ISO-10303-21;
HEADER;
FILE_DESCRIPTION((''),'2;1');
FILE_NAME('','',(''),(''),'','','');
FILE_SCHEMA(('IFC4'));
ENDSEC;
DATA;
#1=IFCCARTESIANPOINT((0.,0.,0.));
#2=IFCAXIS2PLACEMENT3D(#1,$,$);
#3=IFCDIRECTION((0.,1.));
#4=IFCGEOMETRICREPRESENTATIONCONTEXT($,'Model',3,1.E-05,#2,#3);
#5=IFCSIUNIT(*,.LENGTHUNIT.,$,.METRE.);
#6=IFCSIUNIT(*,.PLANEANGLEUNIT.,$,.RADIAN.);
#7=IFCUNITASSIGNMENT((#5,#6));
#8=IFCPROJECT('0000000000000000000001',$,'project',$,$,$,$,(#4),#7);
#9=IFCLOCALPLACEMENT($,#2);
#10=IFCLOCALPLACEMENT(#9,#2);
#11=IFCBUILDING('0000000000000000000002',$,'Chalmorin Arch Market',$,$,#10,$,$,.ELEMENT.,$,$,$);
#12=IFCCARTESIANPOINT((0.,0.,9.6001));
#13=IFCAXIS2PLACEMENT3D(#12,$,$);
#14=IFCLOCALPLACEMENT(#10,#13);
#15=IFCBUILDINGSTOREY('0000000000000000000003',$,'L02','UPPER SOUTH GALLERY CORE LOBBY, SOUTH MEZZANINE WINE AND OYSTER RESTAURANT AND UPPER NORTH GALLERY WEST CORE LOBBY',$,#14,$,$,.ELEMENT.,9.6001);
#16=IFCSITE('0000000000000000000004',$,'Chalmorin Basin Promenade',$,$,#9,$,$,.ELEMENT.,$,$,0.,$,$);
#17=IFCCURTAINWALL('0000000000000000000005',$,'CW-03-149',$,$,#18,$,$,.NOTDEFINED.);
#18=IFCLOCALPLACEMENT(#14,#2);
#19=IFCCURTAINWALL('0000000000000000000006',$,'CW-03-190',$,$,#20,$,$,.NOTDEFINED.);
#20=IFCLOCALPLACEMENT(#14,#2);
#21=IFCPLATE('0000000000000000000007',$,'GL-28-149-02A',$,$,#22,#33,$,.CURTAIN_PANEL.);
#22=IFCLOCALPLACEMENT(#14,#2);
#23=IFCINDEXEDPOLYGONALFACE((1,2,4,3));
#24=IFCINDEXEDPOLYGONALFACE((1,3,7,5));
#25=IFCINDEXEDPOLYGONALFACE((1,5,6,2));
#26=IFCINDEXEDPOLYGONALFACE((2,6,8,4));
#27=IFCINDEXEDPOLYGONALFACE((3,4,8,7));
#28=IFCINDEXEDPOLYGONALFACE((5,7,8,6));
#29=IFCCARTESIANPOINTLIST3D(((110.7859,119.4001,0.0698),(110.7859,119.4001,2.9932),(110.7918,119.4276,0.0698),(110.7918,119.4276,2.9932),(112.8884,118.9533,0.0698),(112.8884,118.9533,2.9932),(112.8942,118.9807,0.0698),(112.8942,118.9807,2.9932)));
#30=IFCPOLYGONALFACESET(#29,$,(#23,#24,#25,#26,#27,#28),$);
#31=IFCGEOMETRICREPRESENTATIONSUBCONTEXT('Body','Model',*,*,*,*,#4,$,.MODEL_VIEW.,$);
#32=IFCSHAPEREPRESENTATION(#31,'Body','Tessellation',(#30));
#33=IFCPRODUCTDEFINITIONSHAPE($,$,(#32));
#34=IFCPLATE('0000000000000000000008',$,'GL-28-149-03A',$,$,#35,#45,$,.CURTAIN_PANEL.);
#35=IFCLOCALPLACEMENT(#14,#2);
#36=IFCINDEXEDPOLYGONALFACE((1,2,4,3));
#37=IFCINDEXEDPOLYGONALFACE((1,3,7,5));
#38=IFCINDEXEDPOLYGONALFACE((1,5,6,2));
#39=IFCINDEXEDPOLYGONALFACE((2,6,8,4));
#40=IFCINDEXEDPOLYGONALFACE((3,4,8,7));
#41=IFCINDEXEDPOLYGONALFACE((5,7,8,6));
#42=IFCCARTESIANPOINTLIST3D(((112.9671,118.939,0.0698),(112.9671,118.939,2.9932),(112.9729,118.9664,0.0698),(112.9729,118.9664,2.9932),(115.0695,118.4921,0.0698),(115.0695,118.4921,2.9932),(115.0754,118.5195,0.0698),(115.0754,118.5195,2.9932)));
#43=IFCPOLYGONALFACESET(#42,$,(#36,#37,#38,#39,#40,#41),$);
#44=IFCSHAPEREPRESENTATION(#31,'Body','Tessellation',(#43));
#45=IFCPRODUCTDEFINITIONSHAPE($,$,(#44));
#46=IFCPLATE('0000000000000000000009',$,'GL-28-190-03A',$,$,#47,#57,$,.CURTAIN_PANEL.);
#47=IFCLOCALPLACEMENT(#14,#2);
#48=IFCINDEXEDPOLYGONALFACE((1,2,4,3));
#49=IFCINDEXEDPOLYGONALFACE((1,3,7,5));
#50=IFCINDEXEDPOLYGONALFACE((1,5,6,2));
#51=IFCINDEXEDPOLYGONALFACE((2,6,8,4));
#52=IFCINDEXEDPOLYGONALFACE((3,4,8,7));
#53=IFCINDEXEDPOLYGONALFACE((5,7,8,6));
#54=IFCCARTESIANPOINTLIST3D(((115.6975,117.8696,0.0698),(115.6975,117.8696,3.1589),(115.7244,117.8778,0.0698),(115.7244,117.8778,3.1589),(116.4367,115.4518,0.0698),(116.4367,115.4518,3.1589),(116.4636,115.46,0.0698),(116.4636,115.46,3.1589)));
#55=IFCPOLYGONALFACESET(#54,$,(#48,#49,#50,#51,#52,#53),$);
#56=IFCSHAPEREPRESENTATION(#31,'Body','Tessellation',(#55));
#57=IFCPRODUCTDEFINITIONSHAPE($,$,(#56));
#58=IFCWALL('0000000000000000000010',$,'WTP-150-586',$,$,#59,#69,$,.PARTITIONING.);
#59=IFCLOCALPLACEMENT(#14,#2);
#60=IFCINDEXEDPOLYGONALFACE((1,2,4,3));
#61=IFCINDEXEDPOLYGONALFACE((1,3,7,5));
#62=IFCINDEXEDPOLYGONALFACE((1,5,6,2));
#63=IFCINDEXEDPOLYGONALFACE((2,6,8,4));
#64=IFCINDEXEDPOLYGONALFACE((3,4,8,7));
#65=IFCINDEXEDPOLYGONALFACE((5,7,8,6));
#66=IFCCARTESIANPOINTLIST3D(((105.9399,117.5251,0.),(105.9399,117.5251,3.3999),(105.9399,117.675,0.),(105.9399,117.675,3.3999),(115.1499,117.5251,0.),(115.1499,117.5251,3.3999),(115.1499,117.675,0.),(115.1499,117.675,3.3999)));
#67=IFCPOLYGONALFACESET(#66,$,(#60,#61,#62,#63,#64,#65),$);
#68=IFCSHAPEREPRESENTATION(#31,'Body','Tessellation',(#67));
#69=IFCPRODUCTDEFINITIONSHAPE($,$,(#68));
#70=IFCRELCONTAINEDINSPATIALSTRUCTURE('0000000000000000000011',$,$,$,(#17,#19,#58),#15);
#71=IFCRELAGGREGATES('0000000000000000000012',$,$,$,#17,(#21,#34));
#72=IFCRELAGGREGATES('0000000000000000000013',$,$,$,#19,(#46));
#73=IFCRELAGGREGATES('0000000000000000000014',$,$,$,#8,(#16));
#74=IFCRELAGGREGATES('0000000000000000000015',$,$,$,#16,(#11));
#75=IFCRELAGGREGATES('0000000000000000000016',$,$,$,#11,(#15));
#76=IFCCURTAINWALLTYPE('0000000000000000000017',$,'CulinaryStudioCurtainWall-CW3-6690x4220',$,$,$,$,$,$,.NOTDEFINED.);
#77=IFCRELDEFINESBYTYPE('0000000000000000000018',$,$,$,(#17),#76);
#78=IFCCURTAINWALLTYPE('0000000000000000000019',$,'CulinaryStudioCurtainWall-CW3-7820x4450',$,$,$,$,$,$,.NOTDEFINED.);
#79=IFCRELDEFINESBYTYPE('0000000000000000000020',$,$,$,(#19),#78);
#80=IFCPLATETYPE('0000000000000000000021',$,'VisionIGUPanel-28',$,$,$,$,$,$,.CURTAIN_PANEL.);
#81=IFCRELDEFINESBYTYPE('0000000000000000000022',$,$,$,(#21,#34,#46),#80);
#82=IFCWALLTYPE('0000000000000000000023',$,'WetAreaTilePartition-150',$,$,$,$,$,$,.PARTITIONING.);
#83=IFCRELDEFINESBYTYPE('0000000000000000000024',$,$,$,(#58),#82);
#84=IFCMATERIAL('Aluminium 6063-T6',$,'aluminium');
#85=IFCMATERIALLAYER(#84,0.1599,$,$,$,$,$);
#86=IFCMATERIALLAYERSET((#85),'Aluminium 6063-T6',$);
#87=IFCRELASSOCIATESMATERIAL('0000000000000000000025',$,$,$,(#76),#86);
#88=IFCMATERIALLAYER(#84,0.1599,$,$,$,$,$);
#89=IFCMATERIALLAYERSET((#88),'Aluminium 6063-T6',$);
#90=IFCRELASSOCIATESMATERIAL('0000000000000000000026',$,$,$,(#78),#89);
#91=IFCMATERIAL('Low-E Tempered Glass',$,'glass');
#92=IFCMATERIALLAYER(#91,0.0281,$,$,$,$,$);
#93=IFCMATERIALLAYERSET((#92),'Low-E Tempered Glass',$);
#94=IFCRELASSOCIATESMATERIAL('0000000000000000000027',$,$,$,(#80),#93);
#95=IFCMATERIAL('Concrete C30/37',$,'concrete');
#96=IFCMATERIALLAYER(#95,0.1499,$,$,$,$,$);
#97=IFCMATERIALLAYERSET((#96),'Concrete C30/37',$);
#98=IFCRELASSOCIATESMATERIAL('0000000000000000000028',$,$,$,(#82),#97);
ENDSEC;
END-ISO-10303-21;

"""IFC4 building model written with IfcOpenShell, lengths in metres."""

from ifc_helpers import new_model, si_unit, direction, frame, frame_2d, origin, origin_2d, place, context, subcontext, project, spatial, rectangle, extrude, material, layer, layer_set, type_object, element, aggregate, save


model = new_model("IFC4")

# Units and contexts
model_context = context("Model", 3, precision=1e-05, world=origin(), true_north=direction((0.0, 1.0)))
body_context = subcontext(model_context, "Body", "Model", "MODEL_VIEW")
ifc_project = project(units=[si_unit("LENGTHUNIT", "METRE"), si_unit("PLANEANGLEUNIT", "RADIAN")], contexts=[model_context])

# Site, building, storey
site_placement = place(None, origin())
site = spatial("IfcSite", under=ifc_project, at=site_placement, Name="Chalmorin Basin Promenade", CompositionType="ELEMENT", RefElevation=0.0)
building_placement = place(site_placement, origin())
building = spatial("IfcBuilding", under=site, at=building_placement, Name="Chalmorin Arch Market", CompositionType="ELEMENT")
storey_placement = place(building_placement, frame((0.0, 0.0, 9.6001)))
storey = spatial("IfcBuildingStorey", under=building, at=storey_placement, Name="L02", Description="UPPER SOUTH GALLERY CORE LOBBY, SOUTH MEZZANINE WINE AND OYSTER RESTAURANT AND UPPER NORTH GALLERY WEST CORE LOBBY", CompositionType="ELEMENT", Elevation=9.6001)

# Curtain walls
ifc_material_1 = material(Name="Aluminium 6063-T6", Category="aluminium")
ifc_layer_1 = layer(ifc_material_1, 0.1599)
ifc_layer_set_1 = layer_set([ifc_layer_1], Name="Aluminium 6063-T6")
curtain_wall_type_1 = type_object("IfcCurtainWallType", Name="CulinaryStudioCurtainWall-CW3-6690x4220", PredefinedType="NOTDEFINED", material=ifc_layer_set_1)
curtain_wall_1_placement = place(storey_placement, origin())
curtain_wall_1 = element("IfcCurtainWall", 1, at=curtain_wall_1_placement, inside=storey, type_object=curtain_wall_type_1, Name="CW-03-149", PredefinedType="NOTDEFINED")
ifc_layer_2 = layer(ifc_material_1, 0.1599)
ifc_layer_set_2 = layer_set([ifc_layer_2], Name="Aluminium 6063-T6")
curtain_wall_type_2 = type_object("IfcCurtainWallType", Name="CulinaryStudioCurtainWall-CW3-7820x4450", PredefinedType="NOTDEFINED", material=ifc_layer_set_2)
curtain_wall_2_placement = place(storey_placement, origin())
curtain_wall_2 = element("IfcCurtainWall", 2, at=curtain_wall_2_placement, inside=storey, type_object=curtain_wall_type_2, Name="CW-03-190", PredefinedType="NOTDEFINED")

# Plates
ifc_material_2 = material(Name="Low-E Tempered Glass", Category="glass")
ifc_layer_3 = layer(ifc_material_2, 0.0281)
ifc_layer_set_3 = layer_set([ifc_layer_3], Name="Low-E Tempered Glass")
plate_type_1 = type_object("IfcPlateType", Name="VisionIGUPanel-28", PredefinedType="CURTAIN_PANEL", material=ifc_layer_set_3)
plate_1_placement = place(storey_placement, frame((111.8401, 119.1904, 0.0698), z_axis=(0.0, 0.0, 1.0), x_axis=(0.978148, -0.207912, 0.0)))
plate_1 = element("IfcPlate", 3, at=plate_1_placement, type_object=plate_type_1, Name="GL-28-149-02A", PredefinedType="CURTAIN_PANEL", context=body_context, shape_type="SweptSolid", body=[
    extrude(rectangle(XDim=2.1494, YDim=0.0281, at=origin_2d()), origin(), (0.0, 0.0, 1.0), 2.9233),
])
plate_2_placement = place(storey_placement, frame((114.0212, 118.7292, 0.0698), z_axis=(0.0, 0.0, 1.0), x_axis=(0.978148, -0.207912, 0.0)))
plate_2 = element("IfcPlate", 4, at=plate_2_placement, type_object=plate_type_1, Name="GL-28-149-03A", PredefinedType="CURTAIN_PANEL", context=body_context, shape_type="SweptSolid", body=[
    extrude(rectangle(XDim=2.1494, YDim=0.0281, at=origin_2d()), origin(), (0.0, 0.0, 1.0), 2.9233),
])
aggregate(curtain_wall_1, [plate_1, plate_2])
plate_3_placement = place(storey_placement, frame((116.0806, 116.6648, 0.0698), z_axis=(0.0, 0.0, 1.0), x_axis=(-0.292372, 0.956305, 0.0)))
plate_3 = element("IfcPlate", 5, at=plate_3_placement, type_object=plate_type_1, Name="GL-28-190-03A", PredefinedType="CURTAIN_PANEL", context=body_context, shape_type="SweptSolid", body=[
    extrude(rectangle(XDim=2.5283, YDim=0.0281, at=origin_2d()), origin(), (0.0, 0.0, 1.0), 3.0891),
])
aggregate(curtain_wall_2, [plate_3])

# Wall
ifc_material_3 = material(Name="Concrete C30/37", Category="concrete")
ifc_layer_4 = layer(ifc_material_3, 0.1499)
ifc_layer_set_4 = layer_set([ifc_layer_4], Name="Concrete C30/37")
wall_type = type_object("IfcWallType", Name="WetAreaTilePartition-150", PredefinedType="PARTITIONING", material=ifc_layer_set_4)
wall_placement = place(storey_placement, frame((105.9399, 117.6001, 0.0), z_axis=(0.0, 0.0, 1.0), x_axis=(1.0, 0.0, 0.0)))
element("IfcWall", 6, at=wall_placement, inside=storey, type_object=wall_type, Name="WTP-150-586", PredefinedType="PARTITIONING", context=body_context, shape_type="SweptSolid", body=[
    extrude(rectangle(XDim=9.21, YDim=0.1499, at=frame_2d((4.605, 0.0))), origin(), (0.0, 0.0, 1.0), 3.3999),
])

save(model, "model.ifc")
